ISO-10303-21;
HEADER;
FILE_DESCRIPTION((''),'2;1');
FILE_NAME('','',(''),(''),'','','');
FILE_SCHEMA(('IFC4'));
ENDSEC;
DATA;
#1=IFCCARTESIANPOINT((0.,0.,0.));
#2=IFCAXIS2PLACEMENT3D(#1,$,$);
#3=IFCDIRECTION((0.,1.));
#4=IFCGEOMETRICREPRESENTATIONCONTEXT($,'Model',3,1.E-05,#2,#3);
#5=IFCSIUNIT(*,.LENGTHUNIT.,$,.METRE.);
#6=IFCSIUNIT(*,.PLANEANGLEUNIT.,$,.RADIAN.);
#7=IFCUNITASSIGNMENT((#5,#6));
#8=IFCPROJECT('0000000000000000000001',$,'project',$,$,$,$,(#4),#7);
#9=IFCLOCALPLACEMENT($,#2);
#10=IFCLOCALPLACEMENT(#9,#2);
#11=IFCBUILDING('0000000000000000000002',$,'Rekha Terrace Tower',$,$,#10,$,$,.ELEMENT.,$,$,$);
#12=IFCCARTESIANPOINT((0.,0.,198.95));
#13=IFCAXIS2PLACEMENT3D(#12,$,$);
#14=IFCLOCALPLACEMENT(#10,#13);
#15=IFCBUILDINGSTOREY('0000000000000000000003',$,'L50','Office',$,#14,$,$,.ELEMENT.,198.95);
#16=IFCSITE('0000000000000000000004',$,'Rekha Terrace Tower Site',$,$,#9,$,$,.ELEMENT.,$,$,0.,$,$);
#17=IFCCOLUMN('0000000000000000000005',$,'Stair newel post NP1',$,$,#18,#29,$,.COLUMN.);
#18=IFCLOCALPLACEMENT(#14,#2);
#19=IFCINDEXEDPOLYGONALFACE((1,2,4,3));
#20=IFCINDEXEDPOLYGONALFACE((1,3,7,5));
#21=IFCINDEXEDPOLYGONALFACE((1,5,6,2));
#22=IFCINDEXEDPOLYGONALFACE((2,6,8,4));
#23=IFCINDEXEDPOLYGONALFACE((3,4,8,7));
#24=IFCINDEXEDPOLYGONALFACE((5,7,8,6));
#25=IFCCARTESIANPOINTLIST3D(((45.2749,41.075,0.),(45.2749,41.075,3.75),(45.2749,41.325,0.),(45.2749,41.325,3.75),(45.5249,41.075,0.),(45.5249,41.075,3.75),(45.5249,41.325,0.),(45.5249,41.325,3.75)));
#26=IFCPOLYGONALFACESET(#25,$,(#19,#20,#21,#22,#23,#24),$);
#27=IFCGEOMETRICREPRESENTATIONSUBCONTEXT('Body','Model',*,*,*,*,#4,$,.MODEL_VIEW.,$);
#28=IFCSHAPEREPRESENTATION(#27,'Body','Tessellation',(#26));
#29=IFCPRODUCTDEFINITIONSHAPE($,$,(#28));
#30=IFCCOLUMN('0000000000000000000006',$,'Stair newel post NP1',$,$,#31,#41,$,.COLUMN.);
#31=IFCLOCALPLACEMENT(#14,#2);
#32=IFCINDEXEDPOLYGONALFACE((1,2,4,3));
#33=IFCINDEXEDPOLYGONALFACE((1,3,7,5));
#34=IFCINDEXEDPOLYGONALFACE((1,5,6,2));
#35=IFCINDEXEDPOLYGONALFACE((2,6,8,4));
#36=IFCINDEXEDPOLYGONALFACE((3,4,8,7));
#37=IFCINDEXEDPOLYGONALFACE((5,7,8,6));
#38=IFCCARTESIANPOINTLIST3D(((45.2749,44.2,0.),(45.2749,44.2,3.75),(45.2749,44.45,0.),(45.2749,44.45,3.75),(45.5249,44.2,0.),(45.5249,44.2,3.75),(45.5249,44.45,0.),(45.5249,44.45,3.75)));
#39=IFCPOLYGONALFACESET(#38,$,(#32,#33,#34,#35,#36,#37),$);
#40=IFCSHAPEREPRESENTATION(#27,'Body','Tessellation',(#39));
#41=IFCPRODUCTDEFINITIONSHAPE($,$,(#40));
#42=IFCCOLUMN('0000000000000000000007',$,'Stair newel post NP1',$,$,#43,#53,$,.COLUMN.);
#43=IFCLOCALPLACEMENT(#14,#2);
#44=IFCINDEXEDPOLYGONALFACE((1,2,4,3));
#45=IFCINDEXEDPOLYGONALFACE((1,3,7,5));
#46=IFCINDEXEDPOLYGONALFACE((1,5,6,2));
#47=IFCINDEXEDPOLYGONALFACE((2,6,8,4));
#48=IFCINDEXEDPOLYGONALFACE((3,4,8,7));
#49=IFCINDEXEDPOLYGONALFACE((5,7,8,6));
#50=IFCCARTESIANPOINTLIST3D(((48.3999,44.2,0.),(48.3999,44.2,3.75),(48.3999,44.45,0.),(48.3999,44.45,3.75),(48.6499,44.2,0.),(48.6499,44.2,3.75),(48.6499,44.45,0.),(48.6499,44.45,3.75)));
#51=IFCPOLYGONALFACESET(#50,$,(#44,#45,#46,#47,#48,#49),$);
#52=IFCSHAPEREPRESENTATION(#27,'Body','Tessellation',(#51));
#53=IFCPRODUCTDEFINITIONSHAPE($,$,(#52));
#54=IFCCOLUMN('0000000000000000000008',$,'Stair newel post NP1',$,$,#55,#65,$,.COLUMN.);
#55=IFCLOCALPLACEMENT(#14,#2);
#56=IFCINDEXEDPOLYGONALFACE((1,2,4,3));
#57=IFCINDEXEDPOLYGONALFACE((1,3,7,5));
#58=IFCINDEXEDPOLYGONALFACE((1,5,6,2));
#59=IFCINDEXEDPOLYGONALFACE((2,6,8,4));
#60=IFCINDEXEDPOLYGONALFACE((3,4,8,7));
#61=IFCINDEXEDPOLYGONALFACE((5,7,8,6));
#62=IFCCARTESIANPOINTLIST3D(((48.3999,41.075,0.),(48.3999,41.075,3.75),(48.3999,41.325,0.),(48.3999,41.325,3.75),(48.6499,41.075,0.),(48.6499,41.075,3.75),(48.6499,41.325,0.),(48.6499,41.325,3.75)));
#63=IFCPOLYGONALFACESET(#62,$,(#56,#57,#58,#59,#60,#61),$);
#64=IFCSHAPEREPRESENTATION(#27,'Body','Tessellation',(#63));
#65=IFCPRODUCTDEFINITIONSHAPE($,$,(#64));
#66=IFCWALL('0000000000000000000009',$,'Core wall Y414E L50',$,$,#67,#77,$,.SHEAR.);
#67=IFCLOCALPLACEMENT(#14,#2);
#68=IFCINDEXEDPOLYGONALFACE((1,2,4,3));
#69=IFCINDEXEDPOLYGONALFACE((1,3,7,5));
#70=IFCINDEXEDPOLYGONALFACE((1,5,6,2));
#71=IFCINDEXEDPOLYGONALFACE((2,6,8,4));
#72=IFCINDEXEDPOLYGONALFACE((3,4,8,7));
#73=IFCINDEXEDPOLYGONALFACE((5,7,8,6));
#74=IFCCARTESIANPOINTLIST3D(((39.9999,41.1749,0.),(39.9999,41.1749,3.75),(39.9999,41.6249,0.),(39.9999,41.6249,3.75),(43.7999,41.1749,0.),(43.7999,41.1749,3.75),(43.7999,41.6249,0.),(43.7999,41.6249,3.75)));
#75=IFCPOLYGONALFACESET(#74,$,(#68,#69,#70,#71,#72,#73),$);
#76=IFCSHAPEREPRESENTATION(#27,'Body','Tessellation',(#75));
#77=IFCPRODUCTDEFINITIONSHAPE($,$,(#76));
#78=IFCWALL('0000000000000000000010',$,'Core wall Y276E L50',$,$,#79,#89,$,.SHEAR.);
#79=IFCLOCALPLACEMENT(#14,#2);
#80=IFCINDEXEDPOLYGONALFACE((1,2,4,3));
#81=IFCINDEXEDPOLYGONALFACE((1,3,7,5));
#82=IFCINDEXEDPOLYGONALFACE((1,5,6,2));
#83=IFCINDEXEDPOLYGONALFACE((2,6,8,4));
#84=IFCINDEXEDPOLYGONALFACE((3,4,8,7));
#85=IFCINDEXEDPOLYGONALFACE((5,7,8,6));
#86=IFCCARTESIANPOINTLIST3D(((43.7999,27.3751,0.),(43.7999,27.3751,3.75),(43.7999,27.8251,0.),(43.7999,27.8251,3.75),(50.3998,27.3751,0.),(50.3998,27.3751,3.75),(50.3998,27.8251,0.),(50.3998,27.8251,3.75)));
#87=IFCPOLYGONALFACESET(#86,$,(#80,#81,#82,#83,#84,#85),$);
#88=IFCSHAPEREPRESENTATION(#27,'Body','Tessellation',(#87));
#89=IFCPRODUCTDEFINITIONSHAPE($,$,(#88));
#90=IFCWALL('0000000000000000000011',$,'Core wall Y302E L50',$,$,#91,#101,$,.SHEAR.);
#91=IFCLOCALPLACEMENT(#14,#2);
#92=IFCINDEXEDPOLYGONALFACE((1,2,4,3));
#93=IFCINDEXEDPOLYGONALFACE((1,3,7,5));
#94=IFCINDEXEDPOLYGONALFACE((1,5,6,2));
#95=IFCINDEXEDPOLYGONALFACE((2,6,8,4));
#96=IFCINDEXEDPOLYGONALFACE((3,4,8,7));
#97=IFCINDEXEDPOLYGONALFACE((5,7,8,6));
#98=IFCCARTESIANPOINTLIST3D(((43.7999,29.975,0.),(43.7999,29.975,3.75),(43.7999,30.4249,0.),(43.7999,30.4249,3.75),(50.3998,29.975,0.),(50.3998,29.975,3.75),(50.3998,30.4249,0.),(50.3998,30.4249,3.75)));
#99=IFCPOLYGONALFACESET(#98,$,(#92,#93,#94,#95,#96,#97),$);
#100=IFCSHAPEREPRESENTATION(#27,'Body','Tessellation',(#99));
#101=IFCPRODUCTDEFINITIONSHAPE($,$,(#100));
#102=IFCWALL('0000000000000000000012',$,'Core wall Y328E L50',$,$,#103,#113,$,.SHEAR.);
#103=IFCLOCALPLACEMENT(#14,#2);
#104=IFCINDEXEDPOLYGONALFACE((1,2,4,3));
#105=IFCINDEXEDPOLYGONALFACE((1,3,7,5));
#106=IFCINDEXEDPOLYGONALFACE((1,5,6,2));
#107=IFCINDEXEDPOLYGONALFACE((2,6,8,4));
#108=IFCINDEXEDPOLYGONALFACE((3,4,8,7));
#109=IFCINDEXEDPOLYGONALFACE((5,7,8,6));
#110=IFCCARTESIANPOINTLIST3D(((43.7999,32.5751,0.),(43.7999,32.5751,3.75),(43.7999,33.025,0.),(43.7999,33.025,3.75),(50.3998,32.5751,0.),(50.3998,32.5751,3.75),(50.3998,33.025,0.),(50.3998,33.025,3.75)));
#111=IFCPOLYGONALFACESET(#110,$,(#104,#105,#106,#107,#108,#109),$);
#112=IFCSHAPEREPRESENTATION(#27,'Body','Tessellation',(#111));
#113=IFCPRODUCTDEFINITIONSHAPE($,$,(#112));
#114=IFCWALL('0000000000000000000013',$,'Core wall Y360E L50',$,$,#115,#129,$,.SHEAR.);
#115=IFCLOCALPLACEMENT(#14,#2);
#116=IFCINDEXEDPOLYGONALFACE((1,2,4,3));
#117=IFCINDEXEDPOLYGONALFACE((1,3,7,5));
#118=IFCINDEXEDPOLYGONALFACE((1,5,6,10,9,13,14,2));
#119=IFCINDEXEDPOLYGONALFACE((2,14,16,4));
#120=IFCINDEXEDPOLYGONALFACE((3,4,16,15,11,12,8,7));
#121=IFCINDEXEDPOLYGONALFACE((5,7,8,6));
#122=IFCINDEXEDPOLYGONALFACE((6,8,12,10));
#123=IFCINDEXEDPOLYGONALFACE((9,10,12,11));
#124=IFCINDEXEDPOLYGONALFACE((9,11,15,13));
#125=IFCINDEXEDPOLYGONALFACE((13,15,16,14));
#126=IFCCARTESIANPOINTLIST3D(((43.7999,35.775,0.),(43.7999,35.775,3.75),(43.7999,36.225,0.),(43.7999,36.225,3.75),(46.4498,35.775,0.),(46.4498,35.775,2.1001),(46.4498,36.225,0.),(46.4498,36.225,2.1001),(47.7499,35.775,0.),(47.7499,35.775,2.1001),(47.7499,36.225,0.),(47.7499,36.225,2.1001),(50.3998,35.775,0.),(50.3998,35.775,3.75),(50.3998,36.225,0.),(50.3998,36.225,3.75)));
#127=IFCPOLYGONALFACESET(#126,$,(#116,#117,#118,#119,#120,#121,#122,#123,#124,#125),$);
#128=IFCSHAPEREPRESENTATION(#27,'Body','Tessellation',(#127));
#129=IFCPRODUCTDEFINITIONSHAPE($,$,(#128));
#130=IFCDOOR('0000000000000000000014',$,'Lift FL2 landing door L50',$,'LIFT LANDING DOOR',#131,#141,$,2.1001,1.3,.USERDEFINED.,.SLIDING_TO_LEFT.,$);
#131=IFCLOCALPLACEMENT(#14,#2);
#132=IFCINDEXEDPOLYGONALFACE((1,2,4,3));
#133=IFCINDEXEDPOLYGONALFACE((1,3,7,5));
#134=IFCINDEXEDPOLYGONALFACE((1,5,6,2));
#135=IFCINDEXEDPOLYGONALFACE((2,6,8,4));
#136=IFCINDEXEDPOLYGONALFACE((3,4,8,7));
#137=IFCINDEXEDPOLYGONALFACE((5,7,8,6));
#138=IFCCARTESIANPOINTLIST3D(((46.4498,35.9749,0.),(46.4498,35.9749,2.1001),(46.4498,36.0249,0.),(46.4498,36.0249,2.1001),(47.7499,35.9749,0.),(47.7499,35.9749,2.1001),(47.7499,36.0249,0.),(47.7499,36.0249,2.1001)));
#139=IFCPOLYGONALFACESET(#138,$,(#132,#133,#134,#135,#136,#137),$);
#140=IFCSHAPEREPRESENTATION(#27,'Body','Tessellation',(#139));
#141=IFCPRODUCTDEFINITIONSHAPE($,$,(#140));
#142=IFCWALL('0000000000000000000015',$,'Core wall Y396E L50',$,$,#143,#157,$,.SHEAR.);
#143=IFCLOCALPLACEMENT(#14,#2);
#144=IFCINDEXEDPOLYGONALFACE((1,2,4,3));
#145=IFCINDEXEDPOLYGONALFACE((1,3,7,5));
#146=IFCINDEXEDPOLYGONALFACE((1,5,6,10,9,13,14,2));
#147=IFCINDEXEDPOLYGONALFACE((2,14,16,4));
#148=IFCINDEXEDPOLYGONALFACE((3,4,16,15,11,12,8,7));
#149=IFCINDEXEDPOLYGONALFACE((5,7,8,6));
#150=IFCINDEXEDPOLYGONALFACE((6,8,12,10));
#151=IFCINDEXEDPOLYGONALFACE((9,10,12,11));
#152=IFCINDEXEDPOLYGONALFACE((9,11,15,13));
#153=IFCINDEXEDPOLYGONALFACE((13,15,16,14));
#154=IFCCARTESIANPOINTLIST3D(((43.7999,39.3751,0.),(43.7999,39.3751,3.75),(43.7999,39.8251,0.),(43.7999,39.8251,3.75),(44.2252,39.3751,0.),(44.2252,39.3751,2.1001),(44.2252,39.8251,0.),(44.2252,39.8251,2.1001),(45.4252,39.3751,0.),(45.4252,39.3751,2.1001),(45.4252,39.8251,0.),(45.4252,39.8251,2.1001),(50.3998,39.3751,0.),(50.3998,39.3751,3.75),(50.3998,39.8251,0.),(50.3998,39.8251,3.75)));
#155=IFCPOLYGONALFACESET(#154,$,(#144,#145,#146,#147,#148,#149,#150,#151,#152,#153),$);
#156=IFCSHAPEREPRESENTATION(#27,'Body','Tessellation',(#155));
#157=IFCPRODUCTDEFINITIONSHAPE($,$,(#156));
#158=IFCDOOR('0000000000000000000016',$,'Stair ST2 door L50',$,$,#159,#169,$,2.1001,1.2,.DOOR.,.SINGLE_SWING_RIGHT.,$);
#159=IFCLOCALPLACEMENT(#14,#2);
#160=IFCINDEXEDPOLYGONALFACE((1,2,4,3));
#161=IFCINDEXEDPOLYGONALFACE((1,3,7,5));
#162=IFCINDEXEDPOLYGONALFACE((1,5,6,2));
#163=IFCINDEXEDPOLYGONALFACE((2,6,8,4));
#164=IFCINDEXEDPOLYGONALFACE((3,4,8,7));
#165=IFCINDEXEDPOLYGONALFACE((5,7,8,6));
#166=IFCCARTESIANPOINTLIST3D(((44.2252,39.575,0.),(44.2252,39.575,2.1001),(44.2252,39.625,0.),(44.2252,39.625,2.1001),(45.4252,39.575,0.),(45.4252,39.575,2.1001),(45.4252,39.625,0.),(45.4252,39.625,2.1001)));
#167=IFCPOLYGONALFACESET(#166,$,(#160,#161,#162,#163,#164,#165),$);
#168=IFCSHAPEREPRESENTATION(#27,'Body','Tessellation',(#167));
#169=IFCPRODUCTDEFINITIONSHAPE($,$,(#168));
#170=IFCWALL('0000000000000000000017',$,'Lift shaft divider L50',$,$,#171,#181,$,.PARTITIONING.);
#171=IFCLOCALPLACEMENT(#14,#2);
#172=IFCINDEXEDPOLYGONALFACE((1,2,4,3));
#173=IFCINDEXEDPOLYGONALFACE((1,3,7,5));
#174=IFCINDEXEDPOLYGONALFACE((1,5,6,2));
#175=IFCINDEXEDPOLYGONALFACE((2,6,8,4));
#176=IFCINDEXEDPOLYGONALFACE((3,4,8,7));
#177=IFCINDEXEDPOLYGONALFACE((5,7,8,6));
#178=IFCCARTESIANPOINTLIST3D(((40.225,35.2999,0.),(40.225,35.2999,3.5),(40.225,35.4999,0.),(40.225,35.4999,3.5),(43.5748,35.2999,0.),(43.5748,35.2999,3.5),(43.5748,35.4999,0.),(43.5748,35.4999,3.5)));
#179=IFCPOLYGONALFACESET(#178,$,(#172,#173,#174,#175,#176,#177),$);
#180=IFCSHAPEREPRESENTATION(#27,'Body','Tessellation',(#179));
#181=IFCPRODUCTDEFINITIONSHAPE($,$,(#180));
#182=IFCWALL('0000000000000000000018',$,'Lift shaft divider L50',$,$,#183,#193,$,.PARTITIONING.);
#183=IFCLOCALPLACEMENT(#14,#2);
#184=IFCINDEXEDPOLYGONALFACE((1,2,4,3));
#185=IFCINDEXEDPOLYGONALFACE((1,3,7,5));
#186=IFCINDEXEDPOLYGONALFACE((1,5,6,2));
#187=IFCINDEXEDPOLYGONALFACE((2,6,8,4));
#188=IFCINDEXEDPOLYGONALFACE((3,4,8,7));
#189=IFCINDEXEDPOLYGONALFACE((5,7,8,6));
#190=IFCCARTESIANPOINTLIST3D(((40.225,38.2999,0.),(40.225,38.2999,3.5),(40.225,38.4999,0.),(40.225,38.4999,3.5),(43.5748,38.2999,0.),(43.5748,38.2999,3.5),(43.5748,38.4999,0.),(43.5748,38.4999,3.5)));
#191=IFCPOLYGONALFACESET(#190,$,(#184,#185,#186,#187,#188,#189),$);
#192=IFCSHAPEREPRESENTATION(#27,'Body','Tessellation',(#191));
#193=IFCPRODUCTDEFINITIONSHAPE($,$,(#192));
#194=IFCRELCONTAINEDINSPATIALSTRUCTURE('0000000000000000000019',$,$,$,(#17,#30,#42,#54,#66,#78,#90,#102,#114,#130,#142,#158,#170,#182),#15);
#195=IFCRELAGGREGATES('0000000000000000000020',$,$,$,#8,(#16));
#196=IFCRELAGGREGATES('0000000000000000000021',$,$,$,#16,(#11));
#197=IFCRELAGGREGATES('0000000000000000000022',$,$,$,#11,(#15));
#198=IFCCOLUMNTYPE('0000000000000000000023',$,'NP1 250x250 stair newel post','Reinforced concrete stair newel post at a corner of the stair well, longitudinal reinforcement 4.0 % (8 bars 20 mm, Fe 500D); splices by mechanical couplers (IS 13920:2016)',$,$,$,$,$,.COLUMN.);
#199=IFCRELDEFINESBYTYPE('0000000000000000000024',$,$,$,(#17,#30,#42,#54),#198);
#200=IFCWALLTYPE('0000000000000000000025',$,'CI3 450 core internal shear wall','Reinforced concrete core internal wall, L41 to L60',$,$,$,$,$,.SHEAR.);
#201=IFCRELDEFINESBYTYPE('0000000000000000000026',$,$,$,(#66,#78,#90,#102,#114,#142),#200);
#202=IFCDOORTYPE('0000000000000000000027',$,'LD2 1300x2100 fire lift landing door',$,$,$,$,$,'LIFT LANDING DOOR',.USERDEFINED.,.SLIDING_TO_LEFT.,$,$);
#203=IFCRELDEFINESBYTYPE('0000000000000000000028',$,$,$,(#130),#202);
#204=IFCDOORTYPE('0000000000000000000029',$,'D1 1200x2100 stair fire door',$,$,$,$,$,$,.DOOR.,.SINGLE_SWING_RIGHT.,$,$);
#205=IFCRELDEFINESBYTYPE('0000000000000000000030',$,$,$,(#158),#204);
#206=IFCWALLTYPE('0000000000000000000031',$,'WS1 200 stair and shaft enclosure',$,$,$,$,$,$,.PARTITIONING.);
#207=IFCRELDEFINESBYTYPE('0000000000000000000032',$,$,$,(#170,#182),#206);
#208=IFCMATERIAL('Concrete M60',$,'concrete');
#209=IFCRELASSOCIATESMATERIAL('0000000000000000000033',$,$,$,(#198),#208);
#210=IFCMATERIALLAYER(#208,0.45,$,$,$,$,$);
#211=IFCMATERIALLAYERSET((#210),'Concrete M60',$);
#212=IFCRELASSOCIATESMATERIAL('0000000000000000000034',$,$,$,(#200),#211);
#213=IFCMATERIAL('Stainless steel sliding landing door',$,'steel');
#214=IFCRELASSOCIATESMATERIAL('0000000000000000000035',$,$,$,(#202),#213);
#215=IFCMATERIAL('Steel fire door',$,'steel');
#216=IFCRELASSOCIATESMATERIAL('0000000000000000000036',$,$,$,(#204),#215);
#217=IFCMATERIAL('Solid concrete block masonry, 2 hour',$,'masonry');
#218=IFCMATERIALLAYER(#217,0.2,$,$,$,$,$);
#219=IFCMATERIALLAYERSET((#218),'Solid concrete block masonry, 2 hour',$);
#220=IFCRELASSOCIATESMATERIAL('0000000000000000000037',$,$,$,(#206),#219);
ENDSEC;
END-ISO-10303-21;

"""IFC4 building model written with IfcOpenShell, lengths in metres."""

from ifc_helpers import new_model, si_unit, direction, frame, frame_2d, origin, origin_2d, place, context, subcontext, project, spatial, rectangle, extrude, material, layer, layer_set, material_profile, profile_set, type_object, element, fill, save


model = new_model("IFC4")

# Units and contexts
model_context = context("Model", 3, precision=1e-05, world=origin(), true_north=direction((0.0, 1.0)))
body_context = subcontext(model_context, "Body", "Model", "MODEL_VIEW")
ifc_project = project(units=[si_unit("LENGTHUNIT", "METRE"), si_unit("PLANEANGLEUNIT", "RADIAN")], contexts=[model_context])

# Site, building, storey
site_placement = place(None, origin())
site = spatial("IfcSite", under=ifc_project, at=site_placement, Name="Rekha Terrace Tower Site", CompositionType="ELEMENT", RefElevation=0.0)
building_placement = place(site_placement, origin())
building = spatial("IfcBuilding", under=site, at=building_placement, Name="Rekha Terrace Tower", CompositionType="ELEMENT")
storey_placement = place(building_placement, frame((0.0, 0.0, 198.95)))
storey = spatial("IfcBuildingStorey", under=building, at=storey_placement, Name="L50", Description="Office", CompositionType="ELEMENT", Elevation=198.95)

# Columns
ifc_material_1 = material(Name="Concrete M60", Category="concrete")
ifc_material_profile = material_profile(ifc_material_1, rectangle(XDim=0.25, YDim=0.25, at=origin_2d()), Name="RC 250x250")
ifc_profile_set = profile_set([ifc_material_profile], Name="Concrete M60")
column_type = type_object("IfcColumnType", Name="NP1 250x250 stair newel post", Description="Reinforced concrete stair newel post at a corner of the stair well, longitudinal reinforcement 4.0 % (8 bars 20 mm, Fe 500D); splices by mechanical couplers (IS 13920:2016)", PredefinedType="COLUMN", material=ifc_profile_set)
for number, where, z_axis, x_axis, name in (
    (1, (45.3999, 41.2, 0.0), (0.0, 0.0, 1.0), (1.0, 0.0, 0.0), "Stair newel post NP1"),
    (2, (45.3999, 44.325, 0.0), (0.0, 0.0, 1.0), (1.0, 0.0, 0.0), "Stair newel post NP1"),
    (3, (48.5249, 44.325, 0.0), (0.0, 0.0, 1.0), (1.0, 0.0, 0.0), "Stair newel post NP1"),
    (4, (48.5249, 41.2, 0.0), (0.0, 0.0, 1.0), (1.0, 0.0, 0.0), "Stair newel post NP1"),
):
    element("IfcColumn", number, at=place(storey_placement, frame(where, z_axis=z_axis, x_axis=x_axis)), inside=storey, type_object=column_type, Name=name, PredefinedType="COLUMN", context=body_context, shape_type="SweptSolid", body=[
        extrude(rectangle(XDim=0.25, YDim=0.25, at=origin_2d()), origin(), (0.0, 0.0, 1.0), 3.75),
    ])

# Walls
ifc_layer_1 = layer(ifc_material_1, 0.45)
ifc_layer_set_1 = layer_set([ifc_layer_1], Name="Concrete M60")
wall_type_1 = type_object("IfcWallType", Name="CI3 450 core internal shear wall", Description="Reinforced concrete core internal wall, L41 to L60", PredefinedType="SHEAR", material=ifc_layer_set_1)
wall_1_placement = place(storey_placement, frame((40.0, 41.3999, 0.0), z_axis=(0.0, 0.0, 1.0), x_axis=(1.0, 0.0, 0.0)))
element("IfcWall", 5, at=wall_1_placement, inside=storey, type_object=wall_type_1, Name="Core wall Y414E L50", PredefinedType="SHEAR", context=body_context, shape_type="SweptSolid", body=[
    extrude(rectangle(XDim=3.8, YDim=0.45, at=frame_2d((1.8999, 0.0))), origin(), (0.0, 0.0, 1.0), 3.75),
])
for number, where, z_axis, x_axis, name in (
    (6, (43.8, 27.6001, 0.0), (0.0, 0.0, 1.0), (1.0, 0.0, 0.0), "Core wall Y276E L50"),
    (7, (43.8, 30.2, 0.0), (0.0, 0.0, 1.0), (1.0, 0.0, 0.0), "Core wall Y302E L50"),
    (8, (43.8, 32.8, 0.0), (0.0, 0.0, 1.0), (1.0, 0.0, 0.0), "Core wall Y328E L50"),
):
    element("IfcWall", number, at=place(storey_placement, frame(where, z_axis=z_axis, x_axis=x_axis)), inside=storey, type_object=wall_type_1, Name=name, PredefinedType="SHEAR", context=body_context, shape_type="SweptSolid", body=[
        extrude(rectangle(XDim=6.5999, YDim=0.45, at=frame_2d((3.2998, 0.0))), origin(), (0.0, 0.0, 1.0), 3.75),
    ])

# Walls, openings, doors
wall_2_placement = place(storey_placement, frame((43.8, 36.0, 0.0), z_axis=(0.0, 0.0, 1.0), x_axis=(1.0, 0.0, 0.0)))
wall_2 = element("IfcWall", 9, at=wall_2_placement, inside=storey, type_object=wall_type_1, Name="Core wall Y360E L50", PredefinedType="SHEAR", context=body_context, shape_type="SweptSolid", body=[
    extrude(rectangle(XDim=6.5999, YDim=0.45, at=frame_2d((3.2998, 0.0))), origin(), (0.0, 0.0, 1.0), 3.75),
])
opening_1_placement = place(wall_2_placement, frame((2.6499, 0.0, 0.0)))
opening_1 = element("IfcOpeningElement", 10, at=opening_1_placement, cuts=wall_2, PredefinedType="OPENING", context=body_context, shape_type="SweptSolid", body=[
    extrude(rectangle(XDim=1.3, YDim=2.1001, at=frame_2d((0.6499, 1.05))), frame((0.0, 0.2349, 0.0), z_axis=(0.0, -1.0, 0.0), x_axis=(1.0, 0.0, 0.0)), (0.0, 0.0, 1.0), 0.47),
])
ifc_material_2 = material(Name="Stainless steel sliding landing door", Category="steel")
door_type_1 = type_object("IfcDoorType", Name="LD2 1300x2100 fire lift landing door", ElementType="LIFT LANDING DOOR", OperationType="SLIDING_TO_LEFT", PredefinedType="USERDEFINED", material=ifc_material_2)
door_1_placement = place(opening_1_placement, origin())
door_1 = element("IfcDoor", 11, at=door_1_placement, inside=storey, type_object=door_type_1, Name="Lift FL2 landing door L50", ObjectType="LIFT LANDING DOOR", OperationType="SLIDING_TO_LEFT", OverallHeight=2.1001, OverallWidth=1.3, PredefinedType="USERDEFINED", context=body_context, shape_type="SweptSolid", body=[
    extrude(rectangle(XDim=1.3, YDim=2.1001, at=frame_2d((0.6499, 1.05))), frame((0.0, 0.0249, 0.0), z_axis=(0.0, -1.0, 0.0), x_axis=(1.0, 0.0, 0.0)), (0.0, 0.0, 1.0), 0.05),
])
fill(opening_1, door_1)
wall_3_placement = place(storey_placement, frame((43.8, 39.6001, 0.0), z_axis=(0.0, 0.0, 1.0), x_axis=(1.0, 0.0, 0.0)))
wall_3 = element("IfcWall", 12, at=wall_3_placement, inside=storey, type_object=wall_type_1, Name="Core wall Y396E L50", PredefinedType="SHEAR", context=body_context, shape_type="SweptSolid", body=[
    extrude(rectangle(XDim=6.5999, YDim=0.45, at=frame_2d((3.2998, 0.0))), origin(), (0.0, 0.0, 1.0), 3.75),
])
opening_2_placement = place(wall_3_placement, frame((0.425, 0.0, 0.0)))
opening_2 = element("IfcOpeningElement", 13, at=opening_2_placement, cuts=wall_3, PredefinedType="OPENING", context=body_context, shape_type="SweptSolid", body=[
    extrude(rectangle(XDim=1.2, YDim=2.1001, at=frame_2d((0.6001, 1.05))), frame((0.0, 0.2349, 0.0), z_axis=(0.0, -1.0, 0.0), x_axis=(1.0, 0.0, 0.0)), (0.0, 0.0, 1.0), 0.47),
])
ifc_material_3 = material(Name="Steel fire door", Category="steel")
door_type_2 = type_object("IfcDoorType", Name="D1 1200x2100 stair fire door", OperationType="SINGLE_SWING_RIGHT", PredefinedType="DOOR", material=ifc_material_3)
door_2_placement = place(opening_2_placement, origin())
door_2 = element("IfcDoor", 14, at=door_2_placement, inside=storey, type_object=door_type_2, Name="Stair ST2 door L50", OperationType="SINGLE_SWING_RIGHT", OverallHeight=2.1001, OverallWidth=1.2, PredefinedType="DOOR", context=body_context, shape_type="SweptSolid", body=[
    extrude(rectangle(XDim=1.2, YDim=2.1001, at=frame_2d((0.6001, 1.05))), frame((0.0, 0.0249, 0.0), z_axis=(0.0, -1.0, 0.0), x_axis=(1.0, 0.0, 0.0)), (0.0, 0.0, 1.0), 0.05),
])
fill(opening_2, door_2)

# Walls
ifc_material_4 = material(Name="Solid concrete block masonry, 2 hour", Category="masonry")
ifc_layer_2 = layer(ifc_material_4, 0.2)
ifc_layer_set_2 = layer_set([ifc_layer_2], Name="Solid concrete block masonry, 2 hour")
wall_type_2 = type_object("IfcWallType", Name="WS1 200 stair and shaft enclosure", PredefinedType="PARTITIONING", material=ifc_layer_set_2)
for number, where, z_axis, x_axis, name in (
    (15, (40.2251, 35.3999, 0.0), (0.0, 0.0, 1.0), (1.0, 0.0, 0.0), "Lift shaft divider L50"),
    (16, (40.2251, 38.3999, 0.0), (0.0, 0.0, 1.0), (1.0, 0.0, 0.0), "Lift shaft divider L50"),
):
    element("IfcWall", number, at=place(storey_placement, frame(where, z_axis=z_axis, x_axis=x_axis)), inside=storey, type_object=wall_type_2, Name=name, PredefinedType="PARTITIONING", context=body_context, shape_type="SweptSolid", body=[
        extrude(rectangle(XDim=3.3499, YDim=0.2, at=frame_2d((1.6748, 0.0))), origin(), (0.0, 0.0, 1.0), 3.5),
    ])

save(model, "model.ifc")
